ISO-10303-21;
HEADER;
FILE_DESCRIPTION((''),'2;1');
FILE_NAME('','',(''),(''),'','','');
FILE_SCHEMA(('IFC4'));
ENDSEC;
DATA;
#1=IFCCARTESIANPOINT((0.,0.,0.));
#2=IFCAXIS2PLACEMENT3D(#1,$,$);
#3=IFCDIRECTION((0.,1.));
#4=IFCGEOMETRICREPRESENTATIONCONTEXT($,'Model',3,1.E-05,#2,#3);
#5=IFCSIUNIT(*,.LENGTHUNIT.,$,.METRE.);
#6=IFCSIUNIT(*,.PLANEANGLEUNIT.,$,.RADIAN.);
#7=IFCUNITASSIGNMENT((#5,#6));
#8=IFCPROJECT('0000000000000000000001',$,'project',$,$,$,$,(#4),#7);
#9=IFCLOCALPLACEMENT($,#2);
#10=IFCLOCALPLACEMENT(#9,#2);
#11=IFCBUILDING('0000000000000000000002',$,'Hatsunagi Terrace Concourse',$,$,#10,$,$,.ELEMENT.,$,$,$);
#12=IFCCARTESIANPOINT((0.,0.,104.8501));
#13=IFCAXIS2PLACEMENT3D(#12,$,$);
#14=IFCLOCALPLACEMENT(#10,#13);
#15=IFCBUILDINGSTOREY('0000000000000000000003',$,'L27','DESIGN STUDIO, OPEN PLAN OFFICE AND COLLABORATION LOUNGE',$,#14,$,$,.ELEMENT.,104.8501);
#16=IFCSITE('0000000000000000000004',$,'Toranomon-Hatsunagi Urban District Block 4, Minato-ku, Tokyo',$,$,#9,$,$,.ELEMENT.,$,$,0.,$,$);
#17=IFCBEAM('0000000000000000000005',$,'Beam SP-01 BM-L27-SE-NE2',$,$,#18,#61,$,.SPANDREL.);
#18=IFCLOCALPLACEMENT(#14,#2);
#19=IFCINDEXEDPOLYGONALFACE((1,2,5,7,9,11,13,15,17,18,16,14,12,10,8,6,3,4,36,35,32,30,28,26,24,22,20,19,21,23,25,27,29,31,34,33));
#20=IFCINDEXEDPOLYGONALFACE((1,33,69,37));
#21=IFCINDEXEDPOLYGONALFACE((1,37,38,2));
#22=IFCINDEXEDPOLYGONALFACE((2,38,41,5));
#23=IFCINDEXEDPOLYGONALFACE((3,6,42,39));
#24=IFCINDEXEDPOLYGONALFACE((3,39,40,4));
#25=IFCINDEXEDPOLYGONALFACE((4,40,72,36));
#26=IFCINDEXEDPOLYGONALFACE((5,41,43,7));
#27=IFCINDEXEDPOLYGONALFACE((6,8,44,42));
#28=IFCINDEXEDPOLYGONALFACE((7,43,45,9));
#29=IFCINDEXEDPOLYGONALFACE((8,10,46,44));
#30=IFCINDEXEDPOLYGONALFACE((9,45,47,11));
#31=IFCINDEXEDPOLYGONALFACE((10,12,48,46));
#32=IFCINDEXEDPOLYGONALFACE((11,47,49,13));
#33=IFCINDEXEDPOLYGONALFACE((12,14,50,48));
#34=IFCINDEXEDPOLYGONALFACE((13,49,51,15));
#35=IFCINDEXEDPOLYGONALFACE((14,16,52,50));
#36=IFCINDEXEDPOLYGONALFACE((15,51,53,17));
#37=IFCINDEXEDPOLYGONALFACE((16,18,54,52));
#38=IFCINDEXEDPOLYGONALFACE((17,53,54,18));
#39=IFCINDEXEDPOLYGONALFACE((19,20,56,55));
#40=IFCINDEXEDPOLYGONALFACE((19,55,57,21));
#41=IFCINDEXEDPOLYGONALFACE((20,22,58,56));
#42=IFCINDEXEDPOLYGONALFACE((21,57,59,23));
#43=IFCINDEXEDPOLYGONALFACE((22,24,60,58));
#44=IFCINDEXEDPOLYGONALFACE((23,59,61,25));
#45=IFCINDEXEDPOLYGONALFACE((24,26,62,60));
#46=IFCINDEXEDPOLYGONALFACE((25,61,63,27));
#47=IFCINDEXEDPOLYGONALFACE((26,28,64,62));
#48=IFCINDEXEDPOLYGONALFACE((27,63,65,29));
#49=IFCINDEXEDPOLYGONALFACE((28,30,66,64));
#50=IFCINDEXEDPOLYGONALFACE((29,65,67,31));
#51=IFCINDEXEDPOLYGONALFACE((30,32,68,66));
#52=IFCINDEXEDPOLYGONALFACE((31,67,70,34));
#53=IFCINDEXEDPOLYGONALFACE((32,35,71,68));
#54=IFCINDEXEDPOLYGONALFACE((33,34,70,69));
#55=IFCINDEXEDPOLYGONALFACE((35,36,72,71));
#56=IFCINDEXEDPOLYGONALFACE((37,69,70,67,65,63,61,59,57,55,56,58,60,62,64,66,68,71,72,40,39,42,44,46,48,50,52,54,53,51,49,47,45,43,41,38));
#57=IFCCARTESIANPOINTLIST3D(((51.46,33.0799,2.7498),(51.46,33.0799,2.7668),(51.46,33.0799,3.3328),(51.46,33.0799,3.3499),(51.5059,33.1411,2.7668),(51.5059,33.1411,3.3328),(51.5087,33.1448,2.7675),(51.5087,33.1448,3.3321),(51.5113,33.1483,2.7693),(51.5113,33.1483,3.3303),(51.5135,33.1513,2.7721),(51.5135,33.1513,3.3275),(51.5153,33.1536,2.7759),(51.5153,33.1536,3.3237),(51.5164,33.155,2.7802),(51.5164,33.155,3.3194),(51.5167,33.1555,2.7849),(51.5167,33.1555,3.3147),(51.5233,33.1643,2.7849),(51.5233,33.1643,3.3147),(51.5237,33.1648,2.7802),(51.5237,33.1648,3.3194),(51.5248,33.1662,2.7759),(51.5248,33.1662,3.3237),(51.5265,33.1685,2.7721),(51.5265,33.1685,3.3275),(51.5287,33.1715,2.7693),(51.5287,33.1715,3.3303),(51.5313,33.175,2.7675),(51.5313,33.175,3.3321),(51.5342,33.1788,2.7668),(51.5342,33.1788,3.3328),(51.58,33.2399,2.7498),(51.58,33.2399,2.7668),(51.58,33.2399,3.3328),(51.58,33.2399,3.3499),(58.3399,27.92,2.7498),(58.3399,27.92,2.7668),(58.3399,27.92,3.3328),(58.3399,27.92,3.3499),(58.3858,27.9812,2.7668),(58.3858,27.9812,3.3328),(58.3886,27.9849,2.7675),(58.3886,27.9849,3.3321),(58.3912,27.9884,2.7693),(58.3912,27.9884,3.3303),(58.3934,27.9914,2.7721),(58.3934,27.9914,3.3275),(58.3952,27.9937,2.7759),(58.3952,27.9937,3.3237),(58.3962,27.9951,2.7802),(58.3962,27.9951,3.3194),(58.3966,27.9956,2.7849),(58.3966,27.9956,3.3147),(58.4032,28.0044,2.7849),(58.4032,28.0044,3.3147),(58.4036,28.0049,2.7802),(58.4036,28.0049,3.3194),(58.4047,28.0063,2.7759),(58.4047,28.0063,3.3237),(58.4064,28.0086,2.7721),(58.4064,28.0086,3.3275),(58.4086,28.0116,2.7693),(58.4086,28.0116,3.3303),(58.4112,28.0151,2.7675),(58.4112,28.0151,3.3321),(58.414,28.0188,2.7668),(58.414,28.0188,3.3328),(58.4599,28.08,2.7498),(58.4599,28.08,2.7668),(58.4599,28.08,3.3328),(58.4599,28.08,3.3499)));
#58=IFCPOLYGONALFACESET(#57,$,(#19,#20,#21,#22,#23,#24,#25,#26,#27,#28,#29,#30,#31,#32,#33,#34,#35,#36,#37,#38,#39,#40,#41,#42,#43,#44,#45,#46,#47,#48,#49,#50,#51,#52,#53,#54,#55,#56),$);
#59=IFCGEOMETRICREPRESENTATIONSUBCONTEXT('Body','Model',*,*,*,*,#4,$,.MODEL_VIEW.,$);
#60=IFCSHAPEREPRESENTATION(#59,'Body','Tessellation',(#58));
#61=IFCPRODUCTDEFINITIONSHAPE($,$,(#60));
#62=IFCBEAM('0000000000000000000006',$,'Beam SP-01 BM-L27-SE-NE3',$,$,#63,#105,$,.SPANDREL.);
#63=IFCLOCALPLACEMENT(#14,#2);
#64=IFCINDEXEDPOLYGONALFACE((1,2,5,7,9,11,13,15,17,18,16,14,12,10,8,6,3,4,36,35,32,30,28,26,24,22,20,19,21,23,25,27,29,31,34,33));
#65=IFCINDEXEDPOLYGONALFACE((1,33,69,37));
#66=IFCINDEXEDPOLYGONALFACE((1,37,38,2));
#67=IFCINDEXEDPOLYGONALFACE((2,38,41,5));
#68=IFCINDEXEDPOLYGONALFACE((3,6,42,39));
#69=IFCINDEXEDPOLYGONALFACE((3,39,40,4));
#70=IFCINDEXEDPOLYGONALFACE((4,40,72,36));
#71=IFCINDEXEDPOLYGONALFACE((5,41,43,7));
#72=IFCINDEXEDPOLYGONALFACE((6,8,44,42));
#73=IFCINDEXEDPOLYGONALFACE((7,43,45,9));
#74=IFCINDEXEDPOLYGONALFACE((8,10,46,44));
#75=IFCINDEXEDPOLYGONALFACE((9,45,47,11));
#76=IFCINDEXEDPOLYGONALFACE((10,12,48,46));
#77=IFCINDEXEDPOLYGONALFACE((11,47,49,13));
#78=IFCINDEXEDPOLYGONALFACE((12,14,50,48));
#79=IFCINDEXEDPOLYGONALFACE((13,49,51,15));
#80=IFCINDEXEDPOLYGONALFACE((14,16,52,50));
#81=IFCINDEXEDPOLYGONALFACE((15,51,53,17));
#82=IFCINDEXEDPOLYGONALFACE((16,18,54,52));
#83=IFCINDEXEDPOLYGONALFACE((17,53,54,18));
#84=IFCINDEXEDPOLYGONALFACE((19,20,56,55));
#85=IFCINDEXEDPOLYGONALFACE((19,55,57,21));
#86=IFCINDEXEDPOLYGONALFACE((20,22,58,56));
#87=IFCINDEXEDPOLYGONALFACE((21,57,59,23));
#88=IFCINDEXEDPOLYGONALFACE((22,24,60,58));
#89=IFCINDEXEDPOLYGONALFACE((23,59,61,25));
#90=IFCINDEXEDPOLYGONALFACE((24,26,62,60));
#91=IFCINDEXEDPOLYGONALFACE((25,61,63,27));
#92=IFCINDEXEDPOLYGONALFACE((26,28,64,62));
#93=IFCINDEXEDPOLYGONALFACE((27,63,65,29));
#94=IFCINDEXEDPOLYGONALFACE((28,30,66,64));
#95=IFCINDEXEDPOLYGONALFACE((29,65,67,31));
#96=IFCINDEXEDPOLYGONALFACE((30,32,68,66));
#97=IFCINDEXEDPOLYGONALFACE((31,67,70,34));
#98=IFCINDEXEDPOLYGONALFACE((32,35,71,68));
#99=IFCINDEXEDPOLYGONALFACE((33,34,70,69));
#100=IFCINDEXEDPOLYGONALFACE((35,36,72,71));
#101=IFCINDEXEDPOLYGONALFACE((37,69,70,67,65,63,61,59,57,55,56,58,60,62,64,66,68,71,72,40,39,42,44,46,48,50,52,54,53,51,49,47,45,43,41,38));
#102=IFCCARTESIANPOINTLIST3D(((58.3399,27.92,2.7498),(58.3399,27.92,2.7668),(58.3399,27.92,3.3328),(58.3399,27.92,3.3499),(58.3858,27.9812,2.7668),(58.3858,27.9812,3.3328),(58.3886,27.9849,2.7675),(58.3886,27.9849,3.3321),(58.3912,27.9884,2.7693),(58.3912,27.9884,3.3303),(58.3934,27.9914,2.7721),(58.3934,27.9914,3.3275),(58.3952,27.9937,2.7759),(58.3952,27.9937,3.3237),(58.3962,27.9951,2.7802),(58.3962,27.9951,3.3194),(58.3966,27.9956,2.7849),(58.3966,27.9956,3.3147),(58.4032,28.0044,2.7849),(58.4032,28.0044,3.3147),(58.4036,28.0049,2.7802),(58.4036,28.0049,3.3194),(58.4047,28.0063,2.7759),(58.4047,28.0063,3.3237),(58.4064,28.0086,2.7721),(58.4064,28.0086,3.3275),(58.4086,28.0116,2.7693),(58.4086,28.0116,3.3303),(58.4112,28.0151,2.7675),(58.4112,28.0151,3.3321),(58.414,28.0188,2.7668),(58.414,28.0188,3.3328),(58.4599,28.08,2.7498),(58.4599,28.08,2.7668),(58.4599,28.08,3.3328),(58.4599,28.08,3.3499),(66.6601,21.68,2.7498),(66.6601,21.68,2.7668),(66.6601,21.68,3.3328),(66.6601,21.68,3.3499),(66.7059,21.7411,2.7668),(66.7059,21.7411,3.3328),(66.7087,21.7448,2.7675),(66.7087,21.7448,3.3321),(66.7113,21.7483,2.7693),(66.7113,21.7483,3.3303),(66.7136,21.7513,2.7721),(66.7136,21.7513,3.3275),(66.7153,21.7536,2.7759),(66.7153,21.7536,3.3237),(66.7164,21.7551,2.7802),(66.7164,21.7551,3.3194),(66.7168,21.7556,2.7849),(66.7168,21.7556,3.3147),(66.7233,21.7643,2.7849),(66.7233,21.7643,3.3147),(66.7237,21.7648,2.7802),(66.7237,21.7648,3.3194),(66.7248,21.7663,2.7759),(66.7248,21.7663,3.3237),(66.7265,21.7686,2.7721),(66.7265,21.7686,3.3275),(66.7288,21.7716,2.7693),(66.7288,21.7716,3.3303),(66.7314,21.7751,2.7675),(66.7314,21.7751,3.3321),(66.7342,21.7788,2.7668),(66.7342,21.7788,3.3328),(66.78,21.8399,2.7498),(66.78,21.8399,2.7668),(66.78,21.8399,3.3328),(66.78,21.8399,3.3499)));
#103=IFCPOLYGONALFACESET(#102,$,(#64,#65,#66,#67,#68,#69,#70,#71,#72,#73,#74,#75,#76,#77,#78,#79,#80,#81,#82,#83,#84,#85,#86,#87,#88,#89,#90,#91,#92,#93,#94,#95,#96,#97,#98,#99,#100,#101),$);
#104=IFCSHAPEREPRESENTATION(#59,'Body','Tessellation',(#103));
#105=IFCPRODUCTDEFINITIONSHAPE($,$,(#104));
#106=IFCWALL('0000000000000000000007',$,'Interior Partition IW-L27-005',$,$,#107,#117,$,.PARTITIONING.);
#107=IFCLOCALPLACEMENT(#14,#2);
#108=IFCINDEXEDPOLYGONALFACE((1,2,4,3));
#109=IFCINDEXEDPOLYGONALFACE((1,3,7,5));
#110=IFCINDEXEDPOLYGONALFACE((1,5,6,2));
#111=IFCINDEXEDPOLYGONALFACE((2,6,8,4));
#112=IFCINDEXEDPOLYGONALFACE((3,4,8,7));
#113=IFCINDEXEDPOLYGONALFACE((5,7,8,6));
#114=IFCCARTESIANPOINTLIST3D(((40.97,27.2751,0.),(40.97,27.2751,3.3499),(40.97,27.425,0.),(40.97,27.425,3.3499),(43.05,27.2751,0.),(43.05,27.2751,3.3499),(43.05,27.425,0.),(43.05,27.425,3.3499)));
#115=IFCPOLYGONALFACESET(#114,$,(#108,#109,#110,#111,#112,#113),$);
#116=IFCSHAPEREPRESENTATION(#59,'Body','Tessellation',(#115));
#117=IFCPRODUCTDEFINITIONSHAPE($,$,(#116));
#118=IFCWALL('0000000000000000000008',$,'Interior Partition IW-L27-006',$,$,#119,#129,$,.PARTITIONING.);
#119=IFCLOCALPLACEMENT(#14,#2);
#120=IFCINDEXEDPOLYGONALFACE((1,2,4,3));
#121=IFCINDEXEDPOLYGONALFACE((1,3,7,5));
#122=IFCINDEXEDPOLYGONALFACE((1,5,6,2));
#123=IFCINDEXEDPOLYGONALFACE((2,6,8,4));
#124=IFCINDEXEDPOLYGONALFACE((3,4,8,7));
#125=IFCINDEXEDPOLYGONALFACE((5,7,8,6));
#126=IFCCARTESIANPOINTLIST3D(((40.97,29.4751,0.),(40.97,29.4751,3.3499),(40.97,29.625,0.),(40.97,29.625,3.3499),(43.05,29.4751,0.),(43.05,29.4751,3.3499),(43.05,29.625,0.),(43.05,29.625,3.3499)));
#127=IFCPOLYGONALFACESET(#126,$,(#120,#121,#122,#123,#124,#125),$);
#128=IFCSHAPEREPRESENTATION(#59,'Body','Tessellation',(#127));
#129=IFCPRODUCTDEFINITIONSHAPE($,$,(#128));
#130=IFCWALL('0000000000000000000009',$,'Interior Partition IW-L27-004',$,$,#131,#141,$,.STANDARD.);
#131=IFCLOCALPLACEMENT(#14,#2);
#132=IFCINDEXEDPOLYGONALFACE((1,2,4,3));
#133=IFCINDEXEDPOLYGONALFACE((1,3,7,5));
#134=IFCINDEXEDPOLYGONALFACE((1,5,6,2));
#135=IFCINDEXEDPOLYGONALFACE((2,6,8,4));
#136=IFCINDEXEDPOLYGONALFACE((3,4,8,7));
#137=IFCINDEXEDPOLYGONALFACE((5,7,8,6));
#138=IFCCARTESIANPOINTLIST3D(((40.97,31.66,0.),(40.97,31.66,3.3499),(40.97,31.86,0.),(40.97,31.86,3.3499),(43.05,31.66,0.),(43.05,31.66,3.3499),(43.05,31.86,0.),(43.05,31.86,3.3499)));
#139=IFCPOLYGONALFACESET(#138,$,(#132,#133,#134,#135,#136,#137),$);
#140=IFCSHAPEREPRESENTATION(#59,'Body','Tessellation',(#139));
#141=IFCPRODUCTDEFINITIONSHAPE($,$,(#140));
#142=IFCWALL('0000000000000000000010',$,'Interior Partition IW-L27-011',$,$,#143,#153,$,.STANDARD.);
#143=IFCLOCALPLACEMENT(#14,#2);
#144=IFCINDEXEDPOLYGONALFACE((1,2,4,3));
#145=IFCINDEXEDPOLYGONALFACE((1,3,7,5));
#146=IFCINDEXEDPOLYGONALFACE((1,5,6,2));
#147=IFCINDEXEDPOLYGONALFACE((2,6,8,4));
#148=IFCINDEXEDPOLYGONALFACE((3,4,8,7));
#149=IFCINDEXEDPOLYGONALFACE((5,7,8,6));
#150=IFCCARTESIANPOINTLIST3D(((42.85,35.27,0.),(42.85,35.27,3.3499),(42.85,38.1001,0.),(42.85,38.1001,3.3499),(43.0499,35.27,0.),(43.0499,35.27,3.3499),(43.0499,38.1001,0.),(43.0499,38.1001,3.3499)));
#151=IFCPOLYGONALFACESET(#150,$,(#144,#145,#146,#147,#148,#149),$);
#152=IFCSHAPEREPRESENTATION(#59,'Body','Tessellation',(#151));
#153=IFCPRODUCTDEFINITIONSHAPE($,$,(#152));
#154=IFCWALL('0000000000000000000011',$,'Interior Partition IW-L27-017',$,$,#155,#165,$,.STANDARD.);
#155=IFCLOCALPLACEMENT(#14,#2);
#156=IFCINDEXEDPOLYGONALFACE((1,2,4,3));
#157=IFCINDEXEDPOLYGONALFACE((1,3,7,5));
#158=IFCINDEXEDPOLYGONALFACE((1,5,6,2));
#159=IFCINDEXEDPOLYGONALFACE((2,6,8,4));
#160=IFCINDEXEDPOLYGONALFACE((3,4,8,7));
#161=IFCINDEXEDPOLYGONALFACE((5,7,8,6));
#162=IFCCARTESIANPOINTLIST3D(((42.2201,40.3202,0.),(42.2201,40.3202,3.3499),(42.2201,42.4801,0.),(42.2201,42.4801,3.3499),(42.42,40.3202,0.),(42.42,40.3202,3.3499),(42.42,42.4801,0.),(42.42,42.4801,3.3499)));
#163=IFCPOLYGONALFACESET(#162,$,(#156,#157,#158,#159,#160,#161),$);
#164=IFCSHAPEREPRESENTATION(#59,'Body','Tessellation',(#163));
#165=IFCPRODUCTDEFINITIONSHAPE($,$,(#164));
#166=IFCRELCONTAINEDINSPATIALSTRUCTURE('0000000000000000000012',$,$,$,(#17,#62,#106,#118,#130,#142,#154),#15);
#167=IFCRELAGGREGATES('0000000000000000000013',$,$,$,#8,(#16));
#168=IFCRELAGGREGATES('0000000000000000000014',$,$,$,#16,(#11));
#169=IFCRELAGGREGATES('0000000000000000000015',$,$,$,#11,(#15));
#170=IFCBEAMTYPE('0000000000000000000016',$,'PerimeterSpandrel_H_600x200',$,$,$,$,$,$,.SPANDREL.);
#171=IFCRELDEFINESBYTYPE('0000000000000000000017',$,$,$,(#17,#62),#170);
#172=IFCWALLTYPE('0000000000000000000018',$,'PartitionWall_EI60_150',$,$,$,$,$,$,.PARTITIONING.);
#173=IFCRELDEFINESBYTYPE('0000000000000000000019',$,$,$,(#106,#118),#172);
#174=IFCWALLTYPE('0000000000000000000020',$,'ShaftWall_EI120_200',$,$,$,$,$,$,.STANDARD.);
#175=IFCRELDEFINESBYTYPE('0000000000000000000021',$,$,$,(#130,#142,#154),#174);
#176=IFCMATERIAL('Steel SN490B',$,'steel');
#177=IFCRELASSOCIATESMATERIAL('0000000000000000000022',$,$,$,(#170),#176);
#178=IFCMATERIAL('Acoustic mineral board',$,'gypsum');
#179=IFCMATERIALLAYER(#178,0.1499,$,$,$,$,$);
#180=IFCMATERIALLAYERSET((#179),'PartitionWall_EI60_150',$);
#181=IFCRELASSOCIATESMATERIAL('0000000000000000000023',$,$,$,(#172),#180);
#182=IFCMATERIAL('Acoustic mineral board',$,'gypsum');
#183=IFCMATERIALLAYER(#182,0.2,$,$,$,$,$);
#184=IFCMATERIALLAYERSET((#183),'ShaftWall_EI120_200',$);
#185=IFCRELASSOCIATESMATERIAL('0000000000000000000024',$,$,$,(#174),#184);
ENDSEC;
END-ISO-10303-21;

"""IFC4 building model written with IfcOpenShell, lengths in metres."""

from ifc_helpers import new_model, si_unit, direction, frame, frame_2d, origin, origin_2d, place, context, subcontext, project, spatial, rectangle, i_section, extrude, material, layer, layer_set, material_profile, profile_set, type_object, element, save


model = new_model("IFC4")

# Units and contexts
model_context = context("Model", 3, precision=1e-05, world=origin(), true_north=direction((0.0, 1.0)))
body_context = subcontext(model_context, "Body", "Model", "MODEL_VIEW")
ifc_project = project(units=[si_unit("LENGTHUNIT", "METRE"), si_unit("PLANEANGLEUNIT", "RADIAN")], contexts=[model_context])

# Site, building, storey
site_placement = place(None, origin())
site = spatial("IfcSite", under=ifc_project, at=site_placement, Name="Toranomon-Hatsunagi Urban District Block 4, Minato-ku, Tokyo", CompositionType="ELEMENT", RefElevation=0.0)
building_placement = place(site_placement, origin())
building = spatial("IfcBuilding", under=site, at=building_placement, Name="Hatsunagi Terrace Concourse", CompositionType="ELEMENT")
storey_placement = place(building_placement, frame((0.0, 0.0, 104.8501)))
storey = spatial("IfcBuildingStorey", under=building, at=storey_placement, Name="L27", Description="DESIGN STUDIO, OPEN PLAN OFFICE AND COLLABORATION LOUNGE", CompositionType="ELEMENT", Elevation=104.8501)

# Beams
ifc_material_1 = material(Name="Steel SN490B", Category="steel")
ifc_material_profile_1 = material_profile(ifc_material_1, i_section(OverallWidth=0.2, OverallDepth=0.6001, WebThickness=0.011, FlangeThickness=0.0171, FilletRadius=0.0181, at=origin_2d()), Name="H-600x200x11x17")
ifc_profile_set_1 = profile_set([ifc_material_profile_1], Name="Steel SN490B")
beam_type_1 = type_object("IfcBeamType", Name="PerimeterSpandrel_H_600x200", PredefinedType="SPANDREL", material=ifc_profile_set_1)
beam_1_placement = place(storey_placement, frame((51.52, 33.1599, 3.0498), z_axis=(0.8, -0.6, 0.0), x_axis=(0.6, 0.8, 0.0)))
element("IfcBeam", 1, at=beam_1_placement, inside=storey, type_object=beam_type_1, Name="Beam SP-01 BM-L27-SE-NE2", PredefinedType="SPANDREL", context=body_context, shape_type="SweptSolid", body=[
    extrude(i_section(OverallWidth=0.2, OverallDepth=0.6001, WebThickness=0.011, FlangeThickness=0.0171, FilletRadius=0.0181, at=origin_2d()), origin(), (0.0, 0.0, 1.0), 8.5999),
])
beam_2_placement = place(storey_placement, frame((58.3999, 28.0, 3.0498), z_axis=(0.800003, -0.599996, 0.0), x_axis=(0.599996, 0.800003, 0.0)))
element("IfcBeam", 2, at=beam_2_placement, inside=storey, type_object=beam_type_1, Name="Beam SP-01 BM-L27-SE-NE3", PredefinedType="SPANDREL", context=body_context, shape_type="SweptSolid", body=[
    extrude(i_section(OverallWidth=0.2, OverallDepth=0.6001, WebThickness=0.011, FlangeThickness=0.0171, FilletRadius=0.0181, at=origin_2d()), origin(), (0.0, 0.0, 1.0), 10.4001),
])

# Walls
ifc_material_2 = material(Name="Acoustic mineral board", Category="gypsum")
ifc_layer_1 = layer(ifc_material_2, 0.1499)
ifc_layer_set_1 = layer_set([ifc_layer_1], Name="PartitionWall_EI60_150")
wall_type_1 = type_object("IfcWallType", Name="PartitionWall_EI60_150", PredefinedType="PARTITIONING", material=ifc_layer_set_1)
for number, where, z_axis, x_axis, name in (
    (3, (40.97, 27.3501, 0.0), (0.0, 0.0, 1.0), (1.0, 0.0, 0.0), "Interior Partition IW-L27-005"),
    (4, (40.97, 29.55, 0.0), (0.0, 0.0, 1.0), (1.0, 0.0, 0.0), "Interior Partition IW-L27-006"),
):
    element("IfcWall", number, at=place(storey_placement, frame(where, z_axis=z_axis, x_axis=x_axis)), inside=storey, type_object=wall_type_1, Name=name, PredefinedType="PARTITIONING", context=body_context, shape_type="SweptSolid", body=[
        extrude(rectangle(XDim=2.0801, YDim=0.1499, at=frame_2d((1.04, 0.0))), origin(), (0.0, 0.0, 1.0), 3.3499),
    ])
ifc_material_3 = material(Name="Acoustic mineral board", Category="gypsum")
ifc_layer_2 = layer(ifc_material_3, 0.2)
ifc_layer_set_2 = layer_set([ifc_layer_2], Name="ShaftWall_EI120_200")
wall_type_2 = type_object("IfcWallType", Name="ShaftWall_EI120_200", PredefinedType="STANDARD", material=ifc_layer_set_2)
wall_1_placement = place(storey_placement, frame((40.97, 31.76, 0.0), z_axis=(0.0, 0.0, 1.0), x_axis=(1.0, 0.0, 0.0)))
element("IfcWall", 5, at=wall_1_placement, inside=storey, type_object=wall_type_2, Name="Interior Partition IW-L27-004", PredefinedType="STANDARD", context=body_context, shape_type="SweptSolid", body=[
    extrude(rectangle(XDim=2.0801, YDim=0.2, at=frame_2d((1.04, 0.0))), origin(), (0.0, 0.0, 1.0), 3.3499),
])
wall_2_placement = place(storey_placement, frame((42.95, 35.27, 0.0), z_axis=(0.0, 0.0, 1.0), x_axis=(0.0, 1.0, 0.0)))
element("IfcWall", 6, at=wall_2_placement, inside=storey, type_object=wall_type_2, Name="Interior Partition IW-L27-011", PredefinedType="STANDARD", context=body_context, shape_type="SweptSolid", body=[
    extrude(rectangle(XDim=2.8301, YDim=0.2, at=frame_2d((1.415, 0.0))), origin(), (0.0, 0.0, 1.0), 3.3499),
])
wall_3_placement = place(storey_placement, frame((42.3201, 40.3201, 0.0), z_axis=(0.0, 0.0, 1.0), x_axis=(0.0, 1.0, 0.0)))
element("IfcWall", 7, at=wall_3_placement, inside=storey, type_object=wall_type_2, Name="Interior Partition IW-L27-017", PredefinedType="STANDARD", context=body_context, shape_type="SweptSolid", body=[
    extrude(rectangle(XDim=2.1599, YDim=0.2, at=frame_2d((1.0801, 0.0))), origin(), (0.0, 0.0, 1.0), 3.3499),
])

save(model, "model.ifc")
